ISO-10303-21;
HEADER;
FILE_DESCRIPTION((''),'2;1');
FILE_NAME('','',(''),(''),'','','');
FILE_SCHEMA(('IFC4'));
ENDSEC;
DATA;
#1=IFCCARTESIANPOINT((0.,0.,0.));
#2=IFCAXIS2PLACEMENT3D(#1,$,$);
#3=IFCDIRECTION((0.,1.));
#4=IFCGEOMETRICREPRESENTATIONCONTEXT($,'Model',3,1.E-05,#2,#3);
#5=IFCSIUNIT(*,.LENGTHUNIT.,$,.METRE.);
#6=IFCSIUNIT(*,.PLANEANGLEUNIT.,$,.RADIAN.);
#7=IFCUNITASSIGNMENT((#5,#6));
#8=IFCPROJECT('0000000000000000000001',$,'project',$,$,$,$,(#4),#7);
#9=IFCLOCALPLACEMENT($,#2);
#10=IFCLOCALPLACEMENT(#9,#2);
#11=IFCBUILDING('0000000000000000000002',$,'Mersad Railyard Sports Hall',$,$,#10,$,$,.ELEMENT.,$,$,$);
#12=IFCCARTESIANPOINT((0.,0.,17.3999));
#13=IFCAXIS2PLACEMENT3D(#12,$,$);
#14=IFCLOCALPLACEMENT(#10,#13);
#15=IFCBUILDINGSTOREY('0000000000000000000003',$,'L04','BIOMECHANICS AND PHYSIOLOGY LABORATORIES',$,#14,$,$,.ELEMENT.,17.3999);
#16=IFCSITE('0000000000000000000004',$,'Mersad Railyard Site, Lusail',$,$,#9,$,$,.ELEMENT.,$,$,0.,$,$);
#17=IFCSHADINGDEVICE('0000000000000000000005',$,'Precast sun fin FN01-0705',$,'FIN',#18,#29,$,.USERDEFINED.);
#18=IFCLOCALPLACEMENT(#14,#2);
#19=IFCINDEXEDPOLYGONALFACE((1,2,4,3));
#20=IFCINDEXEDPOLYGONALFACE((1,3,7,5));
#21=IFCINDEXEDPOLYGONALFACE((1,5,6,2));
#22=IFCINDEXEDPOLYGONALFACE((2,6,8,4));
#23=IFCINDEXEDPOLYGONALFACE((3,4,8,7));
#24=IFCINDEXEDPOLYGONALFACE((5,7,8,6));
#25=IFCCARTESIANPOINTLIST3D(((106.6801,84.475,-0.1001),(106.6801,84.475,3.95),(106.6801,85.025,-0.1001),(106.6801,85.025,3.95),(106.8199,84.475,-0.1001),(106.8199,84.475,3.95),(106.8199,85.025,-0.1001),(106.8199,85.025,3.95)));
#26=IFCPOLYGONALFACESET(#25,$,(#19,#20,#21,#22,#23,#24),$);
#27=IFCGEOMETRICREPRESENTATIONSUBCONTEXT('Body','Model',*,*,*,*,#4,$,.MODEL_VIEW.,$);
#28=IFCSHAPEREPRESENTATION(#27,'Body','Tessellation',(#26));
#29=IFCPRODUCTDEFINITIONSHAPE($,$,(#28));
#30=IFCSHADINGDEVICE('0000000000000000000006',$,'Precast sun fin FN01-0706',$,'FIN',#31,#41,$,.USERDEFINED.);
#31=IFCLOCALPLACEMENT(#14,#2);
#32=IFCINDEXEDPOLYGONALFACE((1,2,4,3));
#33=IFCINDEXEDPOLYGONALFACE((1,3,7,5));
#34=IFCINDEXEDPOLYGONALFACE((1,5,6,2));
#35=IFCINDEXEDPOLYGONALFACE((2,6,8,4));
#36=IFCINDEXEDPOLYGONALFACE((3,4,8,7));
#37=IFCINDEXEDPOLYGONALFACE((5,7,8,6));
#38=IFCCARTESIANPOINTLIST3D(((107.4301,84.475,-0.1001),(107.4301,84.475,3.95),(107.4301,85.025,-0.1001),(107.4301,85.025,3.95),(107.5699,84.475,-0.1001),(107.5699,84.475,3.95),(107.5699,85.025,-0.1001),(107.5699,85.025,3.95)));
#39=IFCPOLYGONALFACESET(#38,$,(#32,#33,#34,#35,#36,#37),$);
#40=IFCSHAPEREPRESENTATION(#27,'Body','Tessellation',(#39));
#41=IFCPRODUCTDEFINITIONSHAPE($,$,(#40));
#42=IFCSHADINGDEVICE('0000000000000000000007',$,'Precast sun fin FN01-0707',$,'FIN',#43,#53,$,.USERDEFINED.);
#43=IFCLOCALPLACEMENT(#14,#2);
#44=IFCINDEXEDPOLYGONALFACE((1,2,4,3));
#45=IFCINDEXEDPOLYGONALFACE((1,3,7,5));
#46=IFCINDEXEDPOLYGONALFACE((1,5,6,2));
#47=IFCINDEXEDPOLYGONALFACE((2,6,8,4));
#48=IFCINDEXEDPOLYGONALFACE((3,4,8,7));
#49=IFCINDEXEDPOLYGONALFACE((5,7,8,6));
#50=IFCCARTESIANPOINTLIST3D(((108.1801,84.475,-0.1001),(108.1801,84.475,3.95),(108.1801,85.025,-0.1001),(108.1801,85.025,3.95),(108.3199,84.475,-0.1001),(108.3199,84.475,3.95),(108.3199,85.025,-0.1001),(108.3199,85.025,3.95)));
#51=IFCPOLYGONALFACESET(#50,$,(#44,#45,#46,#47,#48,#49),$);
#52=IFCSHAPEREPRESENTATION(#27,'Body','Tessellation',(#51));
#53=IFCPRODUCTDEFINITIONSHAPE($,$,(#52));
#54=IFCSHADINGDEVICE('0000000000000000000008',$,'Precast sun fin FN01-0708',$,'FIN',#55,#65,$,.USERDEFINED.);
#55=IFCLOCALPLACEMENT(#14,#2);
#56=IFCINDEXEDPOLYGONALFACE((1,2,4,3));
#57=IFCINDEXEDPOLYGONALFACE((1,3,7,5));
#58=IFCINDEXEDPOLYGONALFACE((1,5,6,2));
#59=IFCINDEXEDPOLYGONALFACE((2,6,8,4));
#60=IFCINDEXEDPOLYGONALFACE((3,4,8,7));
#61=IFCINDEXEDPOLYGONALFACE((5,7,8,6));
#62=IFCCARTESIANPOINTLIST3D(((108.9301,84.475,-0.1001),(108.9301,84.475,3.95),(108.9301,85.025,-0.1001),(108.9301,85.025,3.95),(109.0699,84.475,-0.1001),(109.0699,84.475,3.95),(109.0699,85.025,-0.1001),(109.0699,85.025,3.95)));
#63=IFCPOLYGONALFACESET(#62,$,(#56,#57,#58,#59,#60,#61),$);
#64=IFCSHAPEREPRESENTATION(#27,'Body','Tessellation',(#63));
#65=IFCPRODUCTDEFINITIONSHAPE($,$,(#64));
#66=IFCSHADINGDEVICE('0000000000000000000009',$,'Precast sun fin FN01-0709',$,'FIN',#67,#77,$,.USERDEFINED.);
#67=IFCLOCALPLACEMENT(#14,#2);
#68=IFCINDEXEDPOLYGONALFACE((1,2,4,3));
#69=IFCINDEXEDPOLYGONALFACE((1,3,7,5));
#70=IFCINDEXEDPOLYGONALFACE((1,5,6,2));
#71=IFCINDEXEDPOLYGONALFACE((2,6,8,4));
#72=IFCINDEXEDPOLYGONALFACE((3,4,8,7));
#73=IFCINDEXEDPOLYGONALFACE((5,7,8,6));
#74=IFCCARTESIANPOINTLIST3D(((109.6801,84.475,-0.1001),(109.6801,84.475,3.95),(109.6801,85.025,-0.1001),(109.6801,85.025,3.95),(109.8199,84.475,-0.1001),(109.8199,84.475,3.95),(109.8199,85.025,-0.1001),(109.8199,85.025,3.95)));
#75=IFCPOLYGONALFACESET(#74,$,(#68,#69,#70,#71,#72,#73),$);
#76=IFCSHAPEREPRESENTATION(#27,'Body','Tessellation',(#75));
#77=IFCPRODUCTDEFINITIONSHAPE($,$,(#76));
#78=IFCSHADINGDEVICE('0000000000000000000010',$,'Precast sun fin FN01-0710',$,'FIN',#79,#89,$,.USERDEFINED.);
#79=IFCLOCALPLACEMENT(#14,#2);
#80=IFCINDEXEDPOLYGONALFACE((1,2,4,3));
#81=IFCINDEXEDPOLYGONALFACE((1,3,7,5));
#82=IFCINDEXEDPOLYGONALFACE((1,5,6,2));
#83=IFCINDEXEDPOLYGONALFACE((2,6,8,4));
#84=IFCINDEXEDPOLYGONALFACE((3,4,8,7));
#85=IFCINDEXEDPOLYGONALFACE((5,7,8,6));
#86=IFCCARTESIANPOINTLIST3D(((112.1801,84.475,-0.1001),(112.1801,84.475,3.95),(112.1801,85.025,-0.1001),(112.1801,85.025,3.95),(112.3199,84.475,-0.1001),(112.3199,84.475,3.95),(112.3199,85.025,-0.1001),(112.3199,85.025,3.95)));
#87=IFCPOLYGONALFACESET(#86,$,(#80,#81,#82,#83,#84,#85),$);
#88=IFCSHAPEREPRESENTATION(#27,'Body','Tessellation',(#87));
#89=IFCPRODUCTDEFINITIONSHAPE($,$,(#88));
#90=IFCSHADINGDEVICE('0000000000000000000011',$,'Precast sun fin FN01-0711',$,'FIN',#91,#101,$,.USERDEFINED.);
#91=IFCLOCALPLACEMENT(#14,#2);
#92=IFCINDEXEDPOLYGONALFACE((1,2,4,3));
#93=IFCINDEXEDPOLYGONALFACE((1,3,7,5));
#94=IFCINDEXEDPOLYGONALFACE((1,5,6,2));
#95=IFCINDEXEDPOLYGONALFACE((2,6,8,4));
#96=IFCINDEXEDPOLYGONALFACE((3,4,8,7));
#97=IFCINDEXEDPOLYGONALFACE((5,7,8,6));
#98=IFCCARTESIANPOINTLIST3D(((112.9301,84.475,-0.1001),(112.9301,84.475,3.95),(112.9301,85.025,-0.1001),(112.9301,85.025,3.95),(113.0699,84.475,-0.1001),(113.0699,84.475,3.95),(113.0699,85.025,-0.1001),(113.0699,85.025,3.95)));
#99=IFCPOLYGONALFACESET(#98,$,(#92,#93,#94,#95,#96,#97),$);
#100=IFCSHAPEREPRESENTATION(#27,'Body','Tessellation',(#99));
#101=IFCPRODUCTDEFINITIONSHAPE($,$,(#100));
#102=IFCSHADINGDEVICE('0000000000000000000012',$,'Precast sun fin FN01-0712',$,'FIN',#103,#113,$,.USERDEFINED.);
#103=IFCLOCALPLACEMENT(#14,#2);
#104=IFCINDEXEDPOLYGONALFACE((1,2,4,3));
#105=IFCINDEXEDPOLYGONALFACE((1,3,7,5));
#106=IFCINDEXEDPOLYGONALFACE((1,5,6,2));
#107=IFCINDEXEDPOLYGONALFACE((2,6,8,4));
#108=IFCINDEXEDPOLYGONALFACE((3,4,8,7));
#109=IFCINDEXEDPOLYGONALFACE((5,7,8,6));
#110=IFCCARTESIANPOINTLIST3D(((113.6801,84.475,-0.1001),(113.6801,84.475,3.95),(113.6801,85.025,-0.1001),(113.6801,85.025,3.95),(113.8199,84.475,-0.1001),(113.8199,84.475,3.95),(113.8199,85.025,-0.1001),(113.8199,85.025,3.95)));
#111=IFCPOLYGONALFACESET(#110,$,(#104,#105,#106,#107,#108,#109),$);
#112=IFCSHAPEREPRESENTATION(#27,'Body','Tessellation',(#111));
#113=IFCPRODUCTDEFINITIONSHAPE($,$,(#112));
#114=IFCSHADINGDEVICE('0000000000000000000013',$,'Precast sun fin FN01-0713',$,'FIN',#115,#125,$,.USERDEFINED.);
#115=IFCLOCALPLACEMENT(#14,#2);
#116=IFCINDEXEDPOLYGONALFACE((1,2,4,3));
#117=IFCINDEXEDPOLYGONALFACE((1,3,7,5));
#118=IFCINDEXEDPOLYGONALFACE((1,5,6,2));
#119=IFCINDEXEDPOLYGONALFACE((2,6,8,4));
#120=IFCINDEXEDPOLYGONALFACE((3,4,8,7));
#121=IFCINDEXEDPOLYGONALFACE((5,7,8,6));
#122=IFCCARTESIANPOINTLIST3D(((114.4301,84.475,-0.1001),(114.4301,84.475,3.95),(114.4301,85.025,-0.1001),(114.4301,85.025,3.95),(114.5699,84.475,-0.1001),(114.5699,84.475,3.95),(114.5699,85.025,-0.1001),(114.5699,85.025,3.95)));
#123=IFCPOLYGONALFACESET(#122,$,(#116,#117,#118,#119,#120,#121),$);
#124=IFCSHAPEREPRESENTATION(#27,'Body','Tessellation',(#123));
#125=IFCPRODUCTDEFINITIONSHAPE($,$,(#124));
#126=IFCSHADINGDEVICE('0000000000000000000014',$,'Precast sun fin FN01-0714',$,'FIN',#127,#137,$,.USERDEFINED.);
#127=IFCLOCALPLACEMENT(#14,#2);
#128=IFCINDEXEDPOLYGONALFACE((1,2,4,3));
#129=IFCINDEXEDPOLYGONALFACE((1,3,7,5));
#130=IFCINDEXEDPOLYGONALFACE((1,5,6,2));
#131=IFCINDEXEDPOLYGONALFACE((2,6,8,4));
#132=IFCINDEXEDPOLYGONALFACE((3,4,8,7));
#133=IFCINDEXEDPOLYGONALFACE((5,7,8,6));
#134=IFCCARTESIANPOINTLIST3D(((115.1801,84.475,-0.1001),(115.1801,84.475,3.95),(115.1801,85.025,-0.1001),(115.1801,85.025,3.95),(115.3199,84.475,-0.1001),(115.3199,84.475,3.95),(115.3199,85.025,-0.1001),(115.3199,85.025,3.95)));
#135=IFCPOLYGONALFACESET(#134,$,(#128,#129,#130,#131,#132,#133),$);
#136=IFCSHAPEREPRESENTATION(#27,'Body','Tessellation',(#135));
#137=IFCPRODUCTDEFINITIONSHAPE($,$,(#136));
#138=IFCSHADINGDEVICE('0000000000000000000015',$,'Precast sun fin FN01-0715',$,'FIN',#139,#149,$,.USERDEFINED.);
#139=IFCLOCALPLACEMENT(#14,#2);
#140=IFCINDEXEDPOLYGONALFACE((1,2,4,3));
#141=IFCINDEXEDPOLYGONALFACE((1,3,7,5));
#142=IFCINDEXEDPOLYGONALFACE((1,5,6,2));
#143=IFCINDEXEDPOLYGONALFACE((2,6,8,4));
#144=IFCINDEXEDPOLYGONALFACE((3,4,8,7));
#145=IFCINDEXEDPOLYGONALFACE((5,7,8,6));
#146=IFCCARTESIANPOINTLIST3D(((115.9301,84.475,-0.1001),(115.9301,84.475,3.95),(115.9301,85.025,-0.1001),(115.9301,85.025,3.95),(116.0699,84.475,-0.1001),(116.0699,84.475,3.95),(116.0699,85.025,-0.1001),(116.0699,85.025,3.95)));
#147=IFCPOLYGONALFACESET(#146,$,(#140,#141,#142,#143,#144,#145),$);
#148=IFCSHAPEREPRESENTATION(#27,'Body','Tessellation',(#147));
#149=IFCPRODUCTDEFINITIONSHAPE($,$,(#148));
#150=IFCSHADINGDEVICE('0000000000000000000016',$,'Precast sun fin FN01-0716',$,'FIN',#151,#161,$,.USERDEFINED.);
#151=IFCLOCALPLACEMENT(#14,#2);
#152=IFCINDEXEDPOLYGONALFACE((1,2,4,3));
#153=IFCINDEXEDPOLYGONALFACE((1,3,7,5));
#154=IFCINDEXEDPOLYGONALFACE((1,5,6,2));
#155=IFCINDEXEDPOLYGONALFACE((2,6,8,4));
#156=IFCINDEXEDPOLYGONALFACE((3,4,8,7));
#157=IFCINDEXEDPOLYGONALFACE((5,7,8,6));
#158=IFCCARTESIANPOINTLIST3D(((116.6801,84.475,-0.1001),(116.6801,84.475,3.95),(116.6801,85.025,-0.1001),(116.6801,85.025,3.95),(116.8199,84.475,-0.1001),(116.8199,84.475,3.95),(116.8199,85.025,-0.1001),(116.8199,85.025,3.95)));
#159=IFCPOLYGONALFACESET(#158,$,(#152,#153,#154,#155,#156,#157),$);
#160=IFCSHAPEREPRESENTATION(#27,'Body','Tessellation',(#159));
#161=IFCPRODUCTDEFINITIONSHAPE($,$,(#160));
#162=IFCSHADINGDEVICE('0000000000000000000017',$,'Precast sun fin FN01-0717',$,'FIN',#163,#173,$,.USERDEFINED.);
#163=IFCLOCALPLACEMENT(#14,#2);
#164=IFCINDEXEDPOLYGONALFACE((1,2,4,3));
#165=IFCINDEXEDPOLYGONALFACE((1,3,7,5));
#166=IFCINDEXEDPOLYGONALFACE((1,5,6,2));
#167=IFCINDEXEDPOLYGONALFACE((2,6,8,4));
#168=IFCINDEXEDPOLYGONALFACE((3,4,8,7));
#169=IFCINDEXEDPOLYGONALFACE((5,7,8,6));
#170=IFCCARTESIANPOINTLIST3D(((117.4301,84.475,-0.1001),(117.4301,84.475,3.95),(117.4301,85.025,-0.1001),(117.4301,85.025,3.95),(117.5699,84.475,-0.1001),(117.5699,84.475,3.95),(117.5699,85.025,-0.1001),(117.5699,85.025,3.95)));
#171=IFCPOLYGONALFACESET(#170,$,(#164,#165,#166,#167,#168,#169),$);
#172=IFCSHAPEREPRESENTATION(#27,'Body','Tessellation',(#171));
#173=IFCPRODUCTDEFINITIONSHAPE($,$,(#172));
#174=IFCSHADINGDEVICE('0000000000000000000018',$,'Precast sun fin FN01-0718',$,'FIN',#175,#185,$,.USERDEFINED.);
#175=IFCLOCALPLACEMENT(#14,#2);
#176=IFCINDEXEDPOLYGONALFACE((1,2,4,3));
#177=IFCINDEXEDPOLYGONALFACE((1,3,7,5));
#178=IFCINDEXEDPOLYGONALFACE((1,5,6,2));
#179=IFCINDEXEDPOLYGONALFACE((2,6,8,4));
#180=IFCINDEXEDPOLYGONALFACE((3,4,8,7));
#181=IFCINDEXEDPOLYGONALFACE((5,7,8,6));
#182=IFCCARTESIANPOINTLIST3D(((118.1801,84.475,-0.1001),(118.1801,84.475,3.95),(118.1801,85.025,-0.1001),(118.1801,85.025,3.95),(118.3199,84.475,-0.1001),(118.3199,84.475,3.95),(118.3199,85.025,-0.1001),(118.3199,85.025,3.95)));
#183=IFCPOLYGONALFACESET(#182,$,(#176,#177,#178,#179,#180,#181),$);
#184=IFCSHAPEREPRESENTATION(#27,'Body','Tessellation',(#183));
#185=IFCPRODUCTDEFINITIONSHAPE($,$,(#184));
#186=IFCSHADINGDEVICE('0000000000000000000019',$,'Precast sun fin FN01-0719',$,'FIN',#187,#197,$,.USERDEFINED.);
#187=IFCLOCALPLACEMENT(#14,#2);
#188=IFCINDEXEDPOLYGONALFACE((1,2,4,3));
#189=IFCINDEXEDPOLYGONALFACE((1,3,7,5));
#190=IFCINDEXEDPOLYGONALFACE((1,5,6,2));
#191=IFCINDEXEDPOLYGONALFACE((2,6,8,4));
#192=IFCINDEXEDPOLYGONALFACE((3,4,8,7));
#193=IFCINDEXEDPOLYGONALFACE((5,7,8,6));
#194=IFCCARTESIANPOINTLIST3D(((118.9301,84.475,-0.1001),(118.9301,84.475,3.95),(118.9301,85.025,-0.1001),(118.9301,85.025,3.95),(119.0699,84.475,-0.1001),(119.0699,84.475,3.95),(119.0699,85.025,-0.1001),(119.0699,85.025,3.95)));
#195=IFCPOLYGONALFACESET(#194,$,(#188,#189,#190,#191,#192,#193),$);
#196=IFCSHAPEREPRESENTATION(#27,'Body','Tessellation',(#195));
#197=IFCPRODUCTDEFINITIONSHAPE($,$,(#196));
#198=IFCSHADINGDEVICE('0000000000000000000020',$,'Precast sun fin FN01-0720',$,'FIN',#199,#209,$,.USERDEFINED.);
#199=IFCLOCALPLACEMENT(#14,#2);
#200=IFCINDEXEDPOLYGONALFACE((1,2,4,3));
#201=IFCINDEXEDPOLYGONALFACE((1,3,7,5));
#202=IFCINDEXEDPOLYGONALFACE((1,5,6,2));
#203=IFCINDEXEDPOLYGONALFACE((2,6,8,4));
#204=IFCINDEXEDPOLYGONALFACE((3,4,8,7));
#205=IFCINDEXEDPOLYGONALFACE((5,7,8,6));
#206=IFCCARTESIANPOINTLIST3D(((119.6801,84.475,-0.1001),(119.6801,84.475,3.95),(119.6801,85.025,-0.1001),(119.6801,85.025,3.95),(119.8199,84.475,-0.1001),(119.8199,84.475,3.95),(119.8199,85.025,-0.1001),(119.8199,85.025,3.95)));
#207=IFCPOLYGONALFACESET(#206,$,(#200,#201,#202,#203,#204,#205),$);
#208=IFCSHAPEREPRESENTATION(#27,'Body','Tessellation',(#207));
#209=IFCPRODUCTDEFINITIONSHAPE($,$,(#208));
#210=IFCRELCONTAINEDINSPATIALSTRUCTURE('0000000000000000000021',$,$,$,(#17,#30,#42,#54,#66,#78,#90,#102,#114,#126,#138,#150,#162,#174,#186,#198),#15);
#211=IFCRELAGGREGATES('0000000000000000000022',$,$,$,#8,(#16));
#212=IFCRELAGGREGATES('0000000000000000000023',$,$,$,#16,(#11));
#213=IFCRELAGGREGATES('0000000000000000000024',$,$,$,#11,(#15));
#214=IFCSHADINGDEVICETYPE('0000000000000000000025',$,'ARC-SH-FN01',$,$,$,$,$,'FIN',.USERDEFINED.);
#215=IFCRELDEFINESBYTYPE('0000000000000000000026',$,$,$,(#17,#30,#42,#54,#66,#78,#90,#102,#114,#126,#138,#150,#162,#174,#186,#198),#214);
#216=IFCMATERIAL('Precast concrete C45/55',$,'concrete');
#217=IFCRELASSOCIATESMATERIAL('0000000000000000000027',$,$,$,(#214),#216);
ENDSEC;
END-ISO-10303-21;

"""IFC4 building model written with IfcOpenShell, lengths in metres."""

from ifc_helpers import new_model, si_unit, direction, frame, origin, origin_2d, place, context, subcontext, project, spatial, rectangle, extrude, material, type_object, element, save


model = new_model("IFC4")

# Units and contexts
model_context = context("Model", 3, precision=1e-05, world=origin(), true_north=direction((0.0, 1.0)))
body_context = subcontext(model_context, "Body", "Model", "MODEL_VIEW")
ifc_project = project(units=[si_unit("LENGTHUNIT", "METRE"), si_unit("PLANEANGLEUNIT", "RADIAN")], contexts=[model_context])

# Site, building, storey
site_placement = place(None, origin())
site = spatial("IfcSite", under=ifc_project, at=site_placement, Name="Mersad Railyard Site, Lusail", CompositionType="ELEMENT", RefElevation=0.0)
building_placement = place(site_placement, origin())
building = spatial("IfcBuilding", under=site, at=building_placement, Name="Mersad Railyard Sports Hall", CompositionType="ELEMENT")
storey_placement = place(building_placement, frame((0.0, 0.0, 17.3999)))
storey = spatial("IfcBuildingStorey", under=building, at=storey_placement, Name="L04", Description="BIOMECHANICS AND PHYSIOLOGY LABORATORIES", CompositionType="ELEMENT", Elevation=17.3999)

# Shading devices
ifc_material_1 = material(Name="Precast concrete C45/55", Category="concrete")
shading_device_type = type_object("IfcShadingDeviceType", Name="ARC-SH-FN01", ElementType="FIN", PredefinedType="USERDEFINED", material=ifc_material_1)
for number, where, z_axis, x_axis, name in (
    (1, (106.75, 84.75, -0.1001), (0.0, 0.0, 1.0), (1.0, 0.0, 0.0), "Precast sun fin FN01-0705"),
    (2, (107.5, 84.75, -0.1001), (0.0, 0.0, 1.0), (1.0, 0.0, 0.0), "Precast sun fin FN01-0706"),
    (3, (108.25, 84.75, -0.1001), (0.0, 0.0, 1.0), (1.0, 0.0, 0.0), "Precast sun fin FN01-0707"),
    (4, (109.0, 84.75, -0.1001), (0.0, 0.0, 1.0), (1.0, 0.0, 0.0), "Precast sun fin FN01-0708"),
    (5, (109.75, 84.75, -0.1001), (0.0, 0.0, 1.0), (1.0, 0.0, 0.0), "Precast sun fin FN01-0709"),
    (6, (112.25, 84.75, -0.1001), (0.0, 0.0, 1.0), (1.0, 0.0, 0.0), "Precast sun fin FN01-0710"),
    (7, (113.0, 84.75, -0.1001), (0.0, 0.0, 1.0), (1.0, 0.0, 0.0), "Precast sun fin FN01-0711"),
    (8, (113.75, 84.75, -0.1001), (0.0, 0.0, 1.0), (1.0, 0.0, 0.0), "Precast sun fin FN01-0712"),
    (9, (114.5, 84.75, -0.1001), (0.0, 0.0, 1.0), (1.0, 0.0, 0.0), "Precast sun fin FN01-0713"),
    (10, (115.25, 84.75, -0.1001), (0.0, 0.0, 1.0), (1.0, 0.0, 0.0), "Precast sun fin FN01-0714"),
    (11, (116.0, 84.75, -0.1001), (0.0, 0.0, 1.0), (1.0, 0.0, 0.0), "Precast sun fin FN01-0715"),
    (12, (116.75, 84.75, -0.1001), (0.0, 0.0, 1.0), (1.0, 0.0, 0.0), "Precast sun fin FN01-0716"),
    (13, (117.5, 84.75, -0.1001), (0.0, 0.0, 1.0), (1.0, 0.0, 0.0), "Precast sun fin FN01-0717"),
    (14, (118.25, 84.75, -0.1001), (0.0, 0.0, 1.0), (1.0, 0.0, 0.0), "Precast sun fin FN01-0718"),
    (15, (119.0, 84.75, -0.1001), (0.0, 0.0, 1.0), (1.0, 0.0, 0.0), "Precast sun fin FN01-0719"),
    (16, (119.75, 84.75, -0.1001), (0.0, 0.0, 1.0), (1.0, 0.0, 0.0), "Precast sun fin FN01-0720"),
):
    element("IfcShadingDevice", number, at=place(storey_placement, frame(where, z_axis=z_axis, x_axis=x_axis)), inside=storey, type_object=shading_device_type, Name=name, ObjectType="FIN", PredefinedType="USERDEFINED", context=body_context, shape_type="SweptSolid", body=[
        extrude(rectangle(XDim=0.1399, YDim=0.55, at=origin_2d()), origin(), (0.0, 0.0, 1.0), 4.05),
    ])

save(model, "model.ifc")
